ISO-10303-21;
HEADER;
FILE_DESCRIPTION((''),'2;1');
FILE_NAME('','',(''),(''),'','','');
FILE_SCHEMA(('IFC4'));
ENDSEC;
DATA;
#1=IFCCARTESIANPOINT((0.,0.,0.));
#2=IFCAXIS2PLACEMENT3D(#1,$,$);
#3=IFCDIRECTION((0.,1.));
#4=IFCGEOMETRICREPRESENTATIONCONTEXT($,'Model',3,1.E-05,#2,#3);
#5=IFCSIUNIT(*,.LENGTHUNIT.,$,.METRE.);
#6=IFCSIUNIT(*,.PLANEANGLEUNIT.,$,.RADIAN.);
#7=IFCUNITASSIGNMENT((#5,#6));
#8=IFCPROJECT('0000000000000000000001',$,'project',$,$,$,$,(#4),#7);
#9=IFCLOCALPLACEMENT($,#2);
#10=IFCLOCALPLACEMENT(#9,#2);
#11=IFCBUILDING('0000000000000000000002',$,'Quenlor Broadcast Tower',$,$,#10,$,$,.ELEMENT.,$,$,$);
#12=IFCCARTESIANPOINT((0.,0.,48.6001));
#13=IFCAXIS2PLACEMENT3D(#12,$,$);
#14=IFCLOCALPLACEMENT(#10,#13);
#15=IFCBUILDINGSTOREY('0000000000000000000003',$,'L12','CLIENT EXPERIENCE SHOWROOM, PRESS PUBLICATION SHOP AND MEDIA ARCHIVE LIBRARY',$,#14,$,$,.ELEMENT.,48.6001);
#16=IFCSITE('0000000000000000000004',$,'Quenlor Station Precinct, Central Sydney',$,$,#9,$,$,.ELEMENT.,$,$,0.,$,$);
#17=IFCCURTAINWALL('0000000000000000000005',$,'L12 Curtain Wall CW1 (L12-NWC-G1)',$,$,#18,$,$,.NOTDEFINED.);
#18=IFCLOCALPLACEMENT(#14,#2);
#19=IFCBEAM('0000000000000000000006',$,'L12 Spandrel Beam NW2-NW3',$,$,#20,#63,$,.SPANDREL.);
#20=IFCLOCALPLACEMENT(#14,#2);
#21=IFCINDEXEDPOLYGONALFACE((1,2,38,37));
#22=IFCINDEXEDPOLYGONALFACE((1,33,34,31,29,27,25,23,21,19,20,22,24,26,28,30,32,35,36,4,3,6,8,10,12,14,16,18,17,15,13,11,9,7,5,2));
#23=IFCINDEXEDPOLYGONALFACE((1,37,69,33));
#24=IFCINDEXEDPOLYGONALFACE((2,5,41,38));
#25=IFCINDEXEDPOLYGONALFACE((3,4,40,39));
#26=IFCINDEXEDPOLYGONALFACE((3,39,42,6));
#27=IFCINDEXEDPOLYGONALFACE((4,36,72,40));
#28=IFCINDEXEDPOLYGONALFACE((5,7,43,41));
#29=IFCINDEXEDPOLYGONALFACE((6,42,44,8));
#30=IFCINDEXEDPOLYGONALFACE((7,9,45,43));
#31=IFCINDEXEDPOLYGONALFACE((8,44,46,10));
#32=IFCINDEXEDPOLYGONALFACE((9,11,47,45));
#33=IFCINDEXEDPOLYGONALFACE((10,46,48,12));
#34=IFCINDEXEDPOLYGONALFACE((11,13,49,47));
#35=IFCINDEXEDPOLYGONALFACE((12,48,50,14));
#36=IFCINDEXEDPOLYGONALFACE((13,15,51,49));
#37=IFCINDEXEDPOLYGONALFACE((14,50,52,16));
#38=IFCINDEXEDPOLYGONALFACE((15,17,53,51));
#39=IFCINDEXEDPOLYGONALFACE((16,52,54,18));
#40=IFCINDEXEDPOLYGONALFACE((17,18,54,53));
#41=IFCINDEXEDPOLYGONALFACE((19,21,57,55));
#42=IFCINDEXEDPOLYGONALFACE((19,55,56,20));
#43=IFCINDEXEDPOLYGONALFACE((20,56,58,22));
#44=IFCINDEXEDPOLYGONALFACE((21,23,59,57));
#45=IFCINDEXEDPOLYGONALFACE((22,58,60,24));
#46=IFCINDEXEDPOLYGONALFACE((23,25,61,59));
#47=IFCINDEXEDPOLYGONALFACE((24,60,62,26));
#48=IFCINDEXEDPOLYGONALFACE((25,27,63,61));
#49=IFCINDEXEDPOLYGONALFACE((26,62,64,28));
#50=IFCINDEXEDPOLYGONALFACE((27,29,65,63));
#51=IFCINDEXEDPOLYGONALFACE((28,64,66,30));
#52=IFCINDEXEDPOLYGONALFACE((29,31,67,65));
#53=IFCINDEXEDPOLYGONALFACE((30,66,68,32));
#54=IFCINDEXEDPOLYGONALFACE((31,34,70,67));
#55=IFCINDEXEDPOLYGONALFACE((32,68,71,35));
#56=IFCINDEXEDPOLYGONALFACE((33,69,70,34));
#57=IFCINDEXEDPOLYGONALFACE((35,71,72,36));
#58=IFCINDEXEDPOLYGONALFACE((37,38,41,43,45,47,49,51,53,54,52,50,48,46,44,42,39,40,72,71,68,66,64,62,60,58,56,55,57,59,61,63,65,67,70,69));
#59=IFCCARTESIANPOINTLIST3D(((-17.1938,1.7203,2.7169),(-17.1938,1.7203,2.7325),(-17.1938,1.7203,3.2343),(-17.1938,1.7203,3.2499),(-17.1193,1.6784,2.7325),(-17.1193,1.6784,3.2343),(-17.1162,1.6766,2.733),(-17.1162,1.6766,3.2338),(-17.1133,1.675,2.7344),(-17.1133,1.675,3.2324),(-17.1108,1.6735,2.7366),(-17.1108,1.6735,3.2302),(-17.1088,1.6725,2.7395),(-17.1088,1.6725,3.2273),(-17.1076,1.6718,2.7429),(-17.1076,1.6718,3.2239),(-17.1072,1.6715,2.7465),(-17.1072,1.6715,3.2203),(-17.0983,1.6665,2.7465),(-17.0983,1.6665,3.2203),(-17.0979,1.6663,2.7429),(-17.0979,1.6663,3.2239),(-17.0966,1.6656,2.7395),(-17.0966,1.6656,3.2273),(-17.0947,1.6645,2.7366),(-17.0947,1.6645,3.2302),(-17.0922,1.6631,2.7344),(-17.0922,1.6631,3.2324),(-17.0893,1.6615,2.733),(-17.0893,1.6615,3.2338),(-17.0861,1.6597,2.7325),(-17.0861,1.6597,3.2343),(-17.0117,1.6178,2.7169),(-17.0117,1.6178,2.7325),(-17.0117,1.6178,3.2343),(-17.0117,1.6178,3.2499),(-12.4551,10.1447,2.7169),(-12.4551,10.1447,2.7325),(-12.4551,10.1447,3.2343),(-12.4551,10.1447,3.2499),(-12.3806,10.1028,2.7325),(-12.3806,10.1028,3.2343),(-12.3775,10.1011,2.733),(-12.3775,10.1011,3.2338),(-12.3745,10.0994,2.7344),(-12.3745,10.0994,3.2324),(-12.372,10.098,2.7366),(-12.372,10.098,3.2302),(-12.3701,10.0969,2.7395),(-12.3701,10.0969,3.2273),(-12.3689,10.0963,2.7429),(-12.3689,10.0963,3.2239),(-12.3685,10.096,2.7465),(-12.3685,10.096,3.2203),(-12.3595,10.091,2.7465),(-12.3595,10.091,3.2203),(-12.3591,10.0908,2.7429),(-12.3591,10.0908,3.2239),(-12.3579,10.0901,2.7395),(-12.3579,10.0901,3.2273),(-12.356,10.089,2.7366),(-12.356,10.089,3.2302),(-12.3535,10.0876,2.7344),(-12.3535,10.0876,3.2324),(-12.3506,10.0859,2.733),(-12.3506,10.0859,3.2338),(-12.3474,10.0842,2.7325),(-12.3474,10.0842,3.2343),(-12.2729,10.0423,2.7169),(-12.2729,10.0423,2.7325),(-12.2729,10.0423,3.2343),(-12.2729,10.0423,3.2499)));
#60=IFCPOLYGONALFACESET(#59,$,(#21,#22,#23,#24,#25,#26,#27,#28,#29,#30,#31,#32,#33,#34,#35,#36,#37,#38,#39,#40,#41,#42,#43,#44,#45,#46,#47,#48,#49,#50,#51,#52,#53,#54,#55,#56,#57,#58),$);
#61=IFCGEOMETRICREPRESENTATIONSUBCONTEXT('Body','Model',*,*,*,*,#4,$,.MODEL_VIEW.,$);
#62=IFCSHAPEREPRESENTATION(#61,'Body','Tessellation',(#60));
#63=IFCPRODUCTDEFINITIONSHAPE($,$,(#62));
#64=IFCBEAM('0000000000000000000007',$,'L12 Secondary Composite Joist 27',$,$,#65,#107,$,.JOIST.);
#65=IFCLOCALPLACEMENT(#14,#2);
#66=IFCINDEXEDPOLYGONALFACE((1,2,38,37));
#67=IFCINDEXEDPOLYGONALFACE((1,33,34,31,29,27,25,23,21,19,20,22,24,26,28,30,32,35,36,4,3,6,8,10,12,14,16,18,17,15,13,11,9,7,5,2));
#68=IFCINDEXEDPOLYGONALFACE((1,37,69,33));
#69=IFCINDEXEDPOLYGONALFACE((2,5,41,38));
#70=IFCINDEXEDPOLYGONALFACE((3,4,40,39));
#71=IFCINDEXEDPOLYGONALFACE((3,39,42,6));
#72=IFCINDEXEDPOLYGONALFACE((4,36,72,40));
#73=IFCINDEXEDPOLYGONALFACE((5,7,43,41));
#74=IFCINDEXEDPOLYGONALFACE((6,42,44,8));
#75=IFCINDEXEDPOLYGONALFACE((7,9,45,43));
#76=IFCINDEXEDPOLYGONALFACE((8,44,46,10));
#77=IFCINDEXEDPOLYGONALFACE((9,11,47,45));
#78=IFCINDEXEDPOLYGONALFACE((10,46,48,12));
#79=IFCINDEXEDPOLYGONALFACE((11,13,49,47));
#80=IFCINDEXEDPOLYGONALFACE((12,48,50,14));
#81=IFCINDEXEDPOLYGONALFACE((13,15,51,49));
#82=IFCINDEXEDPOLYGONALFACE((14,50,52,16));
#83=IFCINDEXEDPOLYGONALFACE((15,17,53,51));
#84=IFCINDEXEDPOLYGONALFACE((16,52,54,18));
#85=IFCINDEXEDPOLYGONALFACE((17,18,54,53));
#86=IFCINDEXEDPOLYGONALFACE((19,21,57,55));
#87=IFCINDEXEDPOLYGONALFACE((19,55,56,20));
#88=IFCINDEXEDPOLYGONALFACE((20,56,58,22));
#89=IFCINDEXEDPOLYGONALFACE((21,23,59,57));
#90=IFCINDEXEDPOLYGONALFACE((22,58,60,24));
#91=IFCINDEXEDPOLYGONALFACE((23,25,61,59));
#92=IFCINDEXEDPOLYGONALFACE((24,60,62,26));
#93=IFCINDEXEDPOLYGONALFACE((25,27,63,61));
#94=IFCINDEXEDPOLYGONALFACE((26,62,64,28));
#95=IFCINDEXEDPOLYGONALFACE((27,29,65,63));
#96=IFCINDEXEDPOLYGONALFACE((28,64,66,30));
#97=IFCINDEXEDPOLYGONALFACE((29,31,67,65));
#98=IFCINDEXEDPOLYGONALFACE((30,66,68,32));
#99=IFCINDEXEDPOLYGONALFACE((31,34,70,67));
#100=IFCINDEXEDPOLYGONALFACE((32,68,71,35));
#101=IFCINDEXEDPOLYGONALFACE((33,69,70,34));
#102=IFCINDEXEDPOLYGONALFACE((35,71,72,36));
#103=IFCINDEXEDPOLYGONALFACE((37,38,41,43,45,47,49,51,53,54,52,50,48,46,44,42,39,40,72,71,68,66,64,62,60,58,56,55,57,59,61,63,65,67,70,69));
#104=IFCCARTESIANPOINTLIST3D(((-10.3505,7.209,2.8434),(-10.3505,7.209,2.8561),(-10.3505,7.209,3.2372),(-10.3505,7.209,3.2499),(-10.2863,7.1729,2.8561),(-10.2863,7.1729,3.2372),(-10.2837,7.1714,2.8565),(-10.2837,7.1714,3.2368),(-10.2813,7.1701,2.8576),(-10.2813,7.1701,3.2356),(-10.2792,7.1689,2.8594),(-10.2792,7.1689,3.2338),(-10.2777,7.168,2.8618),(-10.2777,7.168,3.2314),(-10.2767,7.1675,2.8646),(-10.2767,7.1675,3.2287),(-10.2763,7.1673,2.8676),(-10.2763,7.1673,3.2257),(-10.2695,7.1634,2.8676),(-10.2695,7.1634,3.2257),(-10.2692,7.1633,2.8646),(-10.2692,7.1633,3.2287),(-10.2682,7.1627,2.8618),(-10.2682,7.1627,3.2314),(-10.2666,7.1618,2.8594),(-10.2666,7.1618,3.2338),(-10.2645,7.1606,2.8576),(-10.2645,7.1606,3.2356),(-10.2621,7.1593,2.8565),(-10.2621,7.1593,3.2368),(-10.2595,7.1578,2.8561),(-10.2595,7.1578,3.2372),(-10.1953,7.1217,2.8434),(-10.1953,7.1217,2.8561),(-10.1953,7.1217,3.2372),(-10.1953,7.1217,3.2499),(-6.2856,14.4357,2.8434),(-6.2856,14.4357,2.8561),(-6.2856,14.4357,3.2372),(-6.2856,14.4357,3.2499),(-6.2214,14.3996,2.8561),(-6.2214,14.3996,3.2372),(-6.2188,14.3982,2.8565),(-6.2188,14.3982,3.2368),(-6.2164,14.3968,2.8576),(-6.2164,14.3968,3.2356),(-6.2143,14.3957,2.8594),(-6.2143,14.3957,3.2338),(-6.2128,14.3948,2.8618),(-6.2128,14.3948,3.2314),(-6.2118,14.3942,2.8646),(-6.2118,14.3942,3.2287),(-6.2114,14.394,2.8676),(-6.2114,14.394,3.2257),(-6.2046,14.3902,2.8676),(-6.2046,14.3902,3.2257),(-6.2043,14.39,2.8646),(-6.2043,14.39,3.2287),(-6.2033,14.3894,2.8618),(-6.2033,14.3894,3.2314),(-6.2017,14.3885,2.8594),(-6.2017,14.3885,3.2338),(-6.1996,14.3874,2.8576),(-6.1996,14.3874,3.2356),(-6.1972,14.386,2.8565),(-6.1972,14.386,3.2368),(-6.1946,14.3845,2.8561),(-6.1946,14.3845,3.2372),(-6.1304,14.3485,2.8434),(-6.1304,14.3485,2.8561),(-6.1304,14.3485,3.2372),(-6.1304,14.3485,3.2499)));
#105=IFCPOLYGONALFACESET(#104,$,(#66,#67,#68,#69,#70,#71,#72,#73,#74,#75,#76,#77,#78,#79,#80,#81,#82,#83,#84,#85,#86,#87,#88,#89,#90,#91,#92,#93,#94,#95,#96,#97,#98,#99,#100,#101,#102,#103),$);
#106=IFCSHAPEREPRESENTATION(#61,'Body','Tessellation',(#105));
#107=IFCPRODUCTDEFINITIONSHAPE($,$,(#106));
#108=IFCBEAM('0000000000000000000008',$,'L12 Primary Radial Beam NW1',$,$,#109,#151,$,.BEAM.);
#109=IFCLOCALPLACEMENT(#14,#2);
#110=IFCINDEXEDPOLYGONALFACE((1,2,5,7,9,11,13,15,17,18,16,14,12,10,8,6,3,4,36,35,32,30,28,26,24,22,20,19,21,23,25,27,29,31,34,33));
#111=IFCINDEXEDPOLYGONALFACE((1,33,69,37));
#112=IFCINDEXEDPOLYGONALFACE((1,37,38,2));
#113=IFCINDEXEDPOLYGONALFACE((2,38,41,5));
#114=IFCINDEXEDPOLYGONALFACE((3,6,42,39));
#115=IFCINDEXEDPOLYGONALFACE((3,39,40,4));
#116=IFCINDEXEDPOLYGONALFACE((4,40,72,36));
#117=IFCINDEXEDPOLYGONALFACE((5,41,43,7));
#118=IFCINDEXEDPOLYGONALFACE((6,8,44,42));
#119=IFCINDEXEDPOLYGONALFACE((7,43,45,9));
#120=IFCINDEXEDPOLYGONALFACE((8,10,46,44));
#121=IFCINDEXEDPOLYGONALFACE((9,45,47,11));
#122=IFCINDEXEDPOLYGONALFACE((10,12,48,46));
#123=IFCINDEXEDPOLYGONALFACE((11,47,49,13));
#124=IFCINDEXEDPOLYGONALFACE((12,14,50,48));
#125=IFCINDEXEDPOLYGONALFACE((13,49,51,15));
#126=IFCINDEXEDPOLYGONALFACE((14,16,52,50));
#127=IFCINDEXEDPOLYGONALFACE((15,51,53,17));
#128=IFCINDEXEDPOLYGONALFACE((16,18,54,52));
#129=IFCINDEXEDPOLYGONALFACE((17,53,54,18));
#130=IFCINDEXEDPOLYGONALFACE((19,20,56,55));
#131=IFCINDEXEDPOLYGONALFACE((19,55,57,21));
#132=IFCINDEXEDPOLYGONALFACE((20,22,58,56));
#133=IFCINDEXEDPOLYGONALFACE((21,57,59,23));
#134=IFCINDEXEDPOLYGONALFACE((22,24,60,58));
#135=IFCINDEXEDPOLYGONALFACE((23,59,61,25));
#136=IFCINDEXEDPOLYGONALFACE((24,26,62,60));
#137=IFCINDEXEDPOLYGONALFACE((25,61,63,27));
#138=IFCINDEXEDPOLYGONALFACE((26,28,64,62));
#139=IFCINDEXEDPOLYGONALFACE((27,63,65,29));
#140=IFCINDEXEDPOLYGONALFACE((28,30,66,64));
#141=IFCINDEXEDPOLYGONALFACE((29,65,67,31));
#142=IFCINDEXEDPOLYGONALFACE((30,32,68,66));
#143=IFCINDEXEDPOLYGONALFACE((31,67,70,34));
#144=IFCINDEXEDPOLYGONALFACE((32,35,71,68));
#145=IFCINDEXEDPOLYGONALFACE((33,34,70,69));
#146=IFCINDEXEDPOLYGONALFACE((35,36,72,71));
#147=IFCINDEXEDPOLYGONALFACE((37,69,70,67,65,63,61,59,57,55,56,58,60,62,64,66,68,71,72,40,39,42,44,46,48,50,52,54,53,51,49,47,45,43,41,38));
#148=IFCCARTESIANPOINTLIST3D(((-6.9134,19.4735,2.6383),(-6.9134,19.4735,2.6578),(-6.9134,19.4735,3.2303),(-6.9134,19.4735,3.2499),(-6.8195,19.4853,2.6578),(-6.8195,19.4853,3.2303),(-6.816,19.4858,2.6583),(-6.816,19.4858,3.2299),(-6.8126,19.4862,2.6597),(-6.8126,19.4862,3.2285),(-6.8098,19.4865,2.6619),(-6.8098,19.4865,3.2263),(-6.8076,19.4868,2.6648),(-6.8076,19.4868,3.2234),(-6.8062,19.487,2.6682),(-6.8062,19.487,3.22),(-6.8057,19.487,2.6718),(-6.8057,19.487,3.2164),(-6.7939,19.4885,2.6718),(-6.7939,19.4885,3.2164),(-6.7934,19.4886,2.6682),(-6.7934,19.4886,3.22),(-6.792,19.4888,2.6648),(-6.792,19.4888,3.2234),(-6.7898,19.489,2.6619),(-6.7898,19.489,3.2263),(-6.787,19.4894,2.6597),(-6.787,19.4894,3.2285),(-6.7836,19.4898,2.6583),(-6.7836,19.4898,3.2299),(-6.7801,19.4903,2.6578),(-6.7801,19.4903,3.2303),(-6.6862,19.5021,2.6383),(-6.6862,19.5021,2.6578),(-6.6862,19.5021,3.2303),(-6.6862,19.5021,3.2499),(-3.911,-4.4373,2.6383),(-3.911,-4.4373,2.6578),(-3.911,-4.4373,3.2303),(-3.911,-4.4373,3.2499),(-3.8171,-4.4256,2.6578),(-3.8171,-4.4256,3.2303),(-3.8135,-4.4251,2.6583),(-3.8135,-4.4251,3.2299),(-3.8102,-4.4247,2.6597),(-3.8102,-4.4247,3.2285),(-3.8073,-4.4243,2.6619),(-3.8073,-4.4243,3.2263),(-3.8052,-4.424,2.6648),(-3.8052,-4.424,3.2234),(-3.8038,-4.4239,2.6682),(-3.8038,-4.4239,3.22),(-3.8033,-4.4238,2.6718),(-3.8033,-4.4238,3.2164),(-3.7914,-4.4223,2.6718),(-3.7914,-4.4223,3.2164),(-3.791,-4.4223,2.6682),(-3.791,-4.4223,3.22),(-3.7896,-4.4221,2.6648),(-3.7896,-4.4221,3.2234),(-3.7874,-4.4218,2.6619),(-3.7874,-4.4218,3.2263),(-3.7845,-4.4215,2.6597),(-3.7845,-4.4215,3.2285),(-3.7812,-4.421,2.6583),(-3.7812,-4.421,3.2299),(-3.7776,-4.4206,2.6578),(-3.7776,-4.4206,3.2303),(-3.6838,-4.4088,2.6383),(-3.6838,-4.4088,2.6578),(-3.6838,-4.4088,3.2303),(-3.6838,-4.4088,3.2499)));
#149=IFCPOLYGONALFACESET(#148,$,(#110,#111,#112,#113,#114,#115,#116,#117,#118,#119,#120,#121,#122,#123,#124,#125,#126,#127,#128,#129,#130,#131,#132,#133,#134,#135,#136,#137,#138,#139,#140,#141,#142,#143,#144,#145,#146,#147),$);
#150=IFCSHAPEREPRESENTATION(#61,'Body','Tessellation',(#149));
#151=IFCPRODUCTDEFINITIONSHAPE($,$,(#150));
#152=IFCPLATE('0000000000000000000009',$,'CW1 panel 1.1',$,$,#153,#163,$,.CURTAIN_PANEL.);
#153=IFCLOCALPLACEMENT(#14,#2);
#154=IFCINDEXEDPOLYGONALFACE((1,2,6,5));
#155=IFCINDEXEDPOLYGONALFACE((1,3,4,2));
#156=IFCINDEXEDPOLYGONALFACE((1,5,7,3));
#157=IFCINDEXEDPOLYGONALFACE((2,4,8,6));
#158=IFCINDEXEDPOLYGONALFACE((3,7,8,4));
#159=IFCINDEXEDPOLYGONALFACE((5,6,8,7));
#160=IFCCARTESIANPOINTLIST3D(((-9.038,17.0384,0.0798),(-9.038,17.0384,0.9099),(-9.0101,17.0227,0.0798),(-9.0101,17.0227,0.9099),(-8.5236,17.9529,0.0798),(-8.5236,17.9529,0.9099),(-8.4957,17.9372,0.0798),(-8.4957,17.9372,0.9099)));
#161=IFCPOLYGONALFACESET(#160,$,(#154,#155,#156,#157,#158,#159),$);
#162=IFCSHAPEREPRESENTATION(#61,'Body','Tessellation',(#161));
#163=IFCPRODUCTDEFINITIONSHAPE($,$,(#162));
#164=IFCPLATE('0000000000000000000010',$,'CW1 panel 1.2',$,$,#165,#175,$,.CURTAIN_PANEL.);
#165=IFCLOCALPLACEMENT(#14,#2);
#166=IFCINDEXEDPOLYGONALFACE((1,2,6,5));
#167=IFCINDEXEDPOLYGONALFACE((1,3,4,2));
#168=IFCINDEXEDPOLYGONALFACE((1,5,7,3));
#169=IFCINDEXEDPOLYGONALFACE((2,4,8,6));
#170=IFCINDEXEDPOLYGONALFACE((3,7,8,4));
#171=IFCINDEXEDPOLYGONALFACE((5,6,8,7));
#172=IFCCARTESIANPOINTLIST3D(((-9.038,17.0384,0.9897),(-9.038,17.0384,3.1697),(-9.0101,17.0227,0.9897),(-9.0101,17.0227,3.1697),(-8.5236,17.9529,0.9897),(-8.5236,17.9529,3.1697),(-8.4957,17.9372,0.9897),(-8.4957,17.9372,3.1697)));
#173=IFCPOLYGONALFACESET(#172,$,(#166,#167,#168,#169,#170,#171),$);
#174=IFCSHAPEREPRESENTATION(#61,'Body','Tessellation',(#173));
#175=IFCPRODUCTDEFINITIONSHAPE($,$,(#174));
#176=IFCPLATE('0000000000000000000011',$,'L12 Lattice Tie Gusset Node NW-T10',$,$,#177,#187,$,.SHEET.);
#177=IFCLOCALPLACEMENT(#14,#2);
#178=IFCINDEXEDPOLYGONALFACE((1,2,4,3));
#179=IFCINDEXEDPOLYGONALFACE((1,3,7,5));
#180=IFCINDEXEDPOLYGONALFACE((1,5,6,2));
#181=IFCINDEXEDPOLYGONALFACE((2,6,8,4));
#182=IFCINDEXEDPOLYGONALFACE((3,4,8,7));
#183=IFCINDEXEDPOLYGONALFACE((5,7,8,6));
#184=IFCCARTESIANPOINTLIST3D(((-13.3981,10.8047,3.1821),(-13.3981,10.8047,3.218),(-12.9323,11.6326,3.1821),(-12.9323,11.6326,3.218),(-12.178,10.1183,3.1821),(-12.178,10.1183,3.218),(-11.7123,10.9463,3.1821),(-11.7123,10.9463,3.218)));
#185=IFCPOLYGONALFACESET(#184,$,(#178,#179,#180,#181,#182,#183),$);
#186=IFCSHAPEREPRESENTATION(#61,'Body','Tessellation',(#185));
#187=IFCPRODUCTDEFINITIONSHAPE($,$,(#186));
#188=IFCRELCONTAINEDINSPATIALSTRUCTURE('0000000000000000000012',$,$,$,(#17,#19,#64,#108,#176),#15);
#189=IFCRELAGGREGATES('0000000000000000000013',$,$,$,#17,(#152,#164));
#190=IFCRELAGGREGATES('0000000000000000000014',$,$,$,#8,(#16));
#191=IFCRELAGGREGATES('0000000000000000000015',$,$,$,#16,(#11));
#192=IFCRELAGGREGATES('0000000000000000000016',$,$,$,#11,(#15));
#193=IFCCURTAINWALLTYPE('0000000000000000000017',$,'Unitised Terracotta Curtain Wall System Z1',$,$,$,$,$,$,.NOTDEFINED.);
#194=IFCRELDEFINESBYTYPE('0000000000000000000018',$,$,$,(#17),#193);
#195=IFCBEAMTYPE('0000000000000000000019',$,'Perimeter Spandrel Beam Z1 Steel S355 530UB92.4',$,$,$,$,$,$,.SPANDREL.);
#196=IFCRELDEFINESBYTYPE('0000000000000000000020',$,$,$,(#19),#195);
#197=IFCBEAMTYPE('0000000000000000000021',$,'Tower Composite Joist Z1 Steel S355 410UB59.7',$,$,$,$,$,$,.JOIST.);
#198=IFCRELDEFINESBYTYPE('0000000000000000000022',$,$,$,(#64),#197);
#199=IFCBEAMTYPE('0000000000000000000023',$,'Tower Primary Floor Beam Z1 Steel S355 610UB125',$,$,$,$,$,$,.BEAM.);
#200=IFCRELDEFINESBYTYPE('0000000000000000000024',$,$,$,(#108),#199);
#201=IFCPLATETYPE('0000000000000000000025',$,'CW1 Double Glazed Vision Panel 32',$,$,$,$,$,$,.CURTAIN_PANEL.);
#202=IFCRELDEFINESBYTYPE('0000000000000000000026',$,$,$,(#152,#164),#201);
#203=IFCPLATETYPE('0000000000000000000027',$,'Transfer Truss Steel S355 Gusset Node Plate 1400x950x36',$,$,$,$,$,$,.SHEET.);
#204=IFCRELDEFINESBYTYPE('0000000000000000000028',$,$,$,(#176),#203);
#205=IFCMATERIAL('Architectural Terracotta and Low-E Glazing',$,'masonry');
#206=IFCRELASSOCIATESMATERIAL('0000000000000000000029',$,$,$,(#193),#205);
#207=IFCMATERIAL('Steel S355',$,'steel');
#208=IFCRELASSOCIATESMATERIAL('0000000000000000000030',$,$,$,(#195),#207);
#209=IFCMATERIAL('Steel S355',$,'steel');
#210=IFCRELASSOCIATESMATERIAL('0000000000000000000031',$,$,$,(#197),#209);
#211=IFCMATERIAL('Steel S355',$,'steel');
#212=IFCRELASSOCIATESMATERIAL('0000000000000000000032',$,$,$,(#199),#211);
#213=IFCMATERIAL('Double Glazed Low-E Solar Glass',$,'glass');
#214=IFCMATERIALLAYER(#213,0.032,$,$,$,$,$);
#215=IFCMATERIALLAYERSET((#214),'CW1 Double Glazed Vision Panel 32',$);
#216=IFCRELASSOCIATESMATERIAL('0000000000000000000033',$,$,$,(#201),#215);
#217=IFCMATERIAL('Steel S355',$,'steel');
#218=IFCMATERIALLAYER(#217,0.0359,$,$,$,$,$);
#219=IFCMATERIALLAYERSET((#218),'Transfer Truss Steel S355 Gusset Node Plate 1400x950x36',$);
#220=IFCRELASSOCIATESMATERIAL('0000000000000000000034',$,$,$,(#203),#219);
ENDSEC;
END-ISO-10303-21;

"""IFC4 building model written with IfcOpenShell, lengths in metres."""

from ifc_helpers import new_model, si_unit, direction, frame, origin, origin_2d, place, context, subcontext, project, spatial, rectangle, i_section, extrude, material, layer, layer_set, material_profile, profile_set, type_object, element, aggregate, save


model = new_model("IFC4")

# Units and contexts
model_context = context("Model", 3, precision=1e-05, world=origin(), true_north=direction((0.0, 1.0)))
body_context = subcontext(model_context, "Body", "Model", "MODEL_VIEW")
ifc_project = project(units=[si_unit("LENGTHUNIT", "METRE"), si_unit("PLANEANGLEUNIT", "RADIAN")], contexts=[model_context])

# Site, building, storey
site_placement = place(None, origin())
site = spatial("IfcSite", under=ifc_project, at=site_placement, Name="Quenlor Station Precinct, Central Sydney", CompositionType="ELEMENT", RefElevation=0.0)
building_placement = place(site_placement, origin())
building = spatial("IfcBuilding", under=site, at=building_placement, Name="Quenlor Broadcast Tower", CompositionType="ELEMENT")
storey_placement = place(building_placement, frame((0.0, 0.0, 48.6001)))
storey = spatial("IfcBuildingStorey", under=building, at=storey_placement, Name="L12", Description="CLIENT EXPERIENCE SHOWROOM, PRESS PUBLICATION SHOP AND MEDIA ARCHIVE LIBRARY", CompositionType="ELEMENT", Elevation=48.6001)

# Curtain wall
ifc_material_1 = material(Name="Architectural Terracotta and Low-E Glazing", Category="masonry")
curtain_wall_type = type_object("IfcCurtainWallType", Name="Unitised Terracotta Curtain Wall System Z1", PredefinedType="NOTDEFINED", material=ifc_material_1)
curtain_wall_placement = place(storey_placement, origin())
curtain_wall = element("IfcCurtainWall", 1, at=curtain_wall_placement, inside=storey, type_object=curtain_wall_type, Name="L12 Curtain Wall CW1 (L12-NWC-G1)", PredefinedType="NOTDEFINED")

# Beams
ifc_material_2 = material(Name="Steel S355", Category="steel")
ifc_material_profile_1 = material_profile(ifc_material_2, i_section(OverallWidth=0.209, OverallDepth=0.533, WebThickness=0.0103, FlangeThickness=0.0156, FilletRadius=0.0139, at=origin_2d()))
ifc_profile_set_1 = profile_set([ifc_material_profile_1], Name="Steel S355 530UB92.4")
beam_type_1 = type_object("IfcBeamType", Name="Perimeter Spandrel Beam Z1 Steel S355 530UB92.4", PredefinedType="SPANDREL", material=ifc_profile_set_1)
beam_1_placement = place(storey_placement, frame((-12.364, 10.0935, 2.9834), z_axis=(-0.490258, -0.871578, 0.0), x_axis=(0.871578, -0.490258, 0.0)))
element("IfcBeam", 2, at=beam_1_placement, inside=storey, type_object=beam_type_1, Name="L12 Spandrel Beam NW2-NW3", PredefinedType="SPANDREL", context=body_context, shape_type="SweptSolid", body=[
    extrude(i_section(OverallWidth=0.209, OverallDepth=0.533, WebThickness=0.0103, FlangeThickness=0.0156, FilletRadius=0.0139, at=origin_2d()), origin(), (0.0, 0.0, 1.0), 9.6658),
])
ifc_material_3 = material(Name="Steel S355", Category="steel")
ifc_material_profile_2 = material_profile(ifc_material_3, i_section(OverallWidth=0.178, OverallDepth=0.4065, WebThickness=0.0078, FlangeThickness=0.0127, FilletRadius=0.0115, at=origin_2d()))
ifc_profile_set_2 = profile_set([ifc_material_profile_2], Name="Steel S355 410UB59.7")
beam_type_2 = type_object("IfcBeamType", Name="Tower Composite Joist Z1 Steel S355 410UB59.7", PredefinedType="JOIST", material=ifc_profile_set_2)
beam_2_placement = place(storey_placement, frame((-6.208, 14.3921, 3.0466), z_axis=(-0.490249, -0.871583, 0.0), x_axis=(0.871583, -0.490249, 0.0)))
element("IfcBeam", 3, at=beam_2_placement, inside=storey, type_object=beam_type_2, Name="L12 Secondary Composite Joist 27", PredefinedType="JOIST", context=body_context, shape_type="SweptSolid", body=[
    extrude(i_section(OverallWidth=0.178, OverallDepth=0.4065, WebThickness=0.0078, FlangeThickness=0.0127, FilletRadius=0.0115, at=origin_2d()), origin(), (0.0, 0.0, 1.0), 8.2915),
])
ifc_material_4 = material(Name="Steel S355", Category="steel")
ifc_material_profile_3 = material_profile(ifc_material_4, i_section(OverallWidth=0.229, OverallDepth=0.6116, WebThickness=0.012, FlangeThickness=0.0195, FilletRadius=0.0139, at=origin_2d()))
ifc_profile_set_3 = profile_set([ifc_material_profile_3], Name="Steel S355 610UB125")
beam_type_3 = type_object("IfcBeamType", Name="Tower Primary Floor Beam Z1 Steel S355 610UB125", PredefinedType="BEAM", material=ifc_profile_set_3)
beam_3_placement = place(storey_placement, frame((-6.7998, 19.4878, 2.9441), z_axis=(0.12459, -0.992208, 0.0), x_axis=(0.992208, 0.12459, 0.0)))
element("IfcBeam", 4, at=beam_3_placement, inside=storey, type_object=beam_type_3, Name="L12 Primary Radial Beam NW1", PredefinedType="BEAM", context=body_context, shape_type="SweptSolid", body=[
    extrude(i_section(OverallWidth=0.229, OverallDepth=0.6116, WebThickness=0.012, FlangeThickness=0.0195, FilletRadius=0.0139, at=origin_2d()), origin(), (0.0, 0.0, 1.0), 24.0986),
])

# Plates
ifc_material_5 = material(Name="Double Glazed Low-E Solar Glass", Category="glass")
ifc_layer_1 = layer(ifc_material_5, 0.032)
ifc_layer_set_1 = layer_set([ifc_layer_1], Name="CW1 Double Glazed Vision Panel 32")
plate_type_1 = type_object("IfcPlateType", Name="CW1 Double Glazed Vision Panel 32", PredefinedType="CURTAIN_PANEL", material=ifc_layer_set_1)
plate_1_placement = place(storey_placement, frame((-8.7668, 17.4878, 0.0798), z_axis=(0.0, 0.0, 1.0), x_axis=(0.490277, 0.871567, 0.0)))
plate_1 = element("IfcPlate", 5, at=plate_1_placement, type_object=plate_type_1, Name="CW1 panel 1.1", PredefinedType="CURTAIN_PANEL", context=body_context, shape_type="SweptSolid", body=[
    extrude(rectangle(XDim=1.0493, YDim=0.032, at=origin_2d()), origin(), (0.0, 0.0, 1.0), 0.8301),
])
plate_2_placement = place(storey_placement, frame((-8.7668, 17.4878, 0.9897), z_axis=(0.0, 0.0, 1.0), x_axis=(0.490277, 0.871567, 0.0)))
plate_2 = element("IfcPlate", 6, at=plate_2_placement, type_object=plate_type_1, Name="CW1 panel 1.2", PredefinedType="CURTAIN_PANEL", context=body_context, shape_type="SweptSolid", body=[
    extrude(rectangle(XDim=1.0493, YDim=0.032, at=origin_2d()), origin(), (0.0, 0.0, 1.0), 2.1799),
])
aggregate(curtain_wall, [plate_1, plate_2])

# Plate
ifc_material_6 = material(Name="Steel S355", Category="steel")
ifc_layer_2 = layer(ifc_material_6, 0.0359)
ifc_layer_set_2 = layer_set([ifc_layer_2], Name="Transfer Truss Steel S355 Gusset Node Plate 1400x950x36")
plate_type_2 = type_object("IfcPlateType", Name="Transfer Truss Steel S355 Gusset Node Plate 1400x950x36", PredefinedType="SHEET", material=ifc_layer_set_2)
for number, where, z_axis, x_axis, name in (
    (7, (-12.5552, 10.8755, 3.1821), (0.0, 0.0, 1.0), (-0.871556, 0.490295, 0.0), "L12 Lattice Tie Gusset Node NW-T10"),
):
    element("IfcPlate", number, at=place(storey_placement, frame(where, z_axis=z_axis, x_axis=x_axis)), inside=storey, type_object=plate_type_2, Name=name, PredefinedType="SHEET", context=body_context, shape_type="SweptSolid", body=[
        extrude(rectangle(XDim=1.3999, YDim=0.95, at=origin_2d()), origin(), (0.0, 0.0, 1.0), 0.0359),
    ])

save(model, "model.ifc")
